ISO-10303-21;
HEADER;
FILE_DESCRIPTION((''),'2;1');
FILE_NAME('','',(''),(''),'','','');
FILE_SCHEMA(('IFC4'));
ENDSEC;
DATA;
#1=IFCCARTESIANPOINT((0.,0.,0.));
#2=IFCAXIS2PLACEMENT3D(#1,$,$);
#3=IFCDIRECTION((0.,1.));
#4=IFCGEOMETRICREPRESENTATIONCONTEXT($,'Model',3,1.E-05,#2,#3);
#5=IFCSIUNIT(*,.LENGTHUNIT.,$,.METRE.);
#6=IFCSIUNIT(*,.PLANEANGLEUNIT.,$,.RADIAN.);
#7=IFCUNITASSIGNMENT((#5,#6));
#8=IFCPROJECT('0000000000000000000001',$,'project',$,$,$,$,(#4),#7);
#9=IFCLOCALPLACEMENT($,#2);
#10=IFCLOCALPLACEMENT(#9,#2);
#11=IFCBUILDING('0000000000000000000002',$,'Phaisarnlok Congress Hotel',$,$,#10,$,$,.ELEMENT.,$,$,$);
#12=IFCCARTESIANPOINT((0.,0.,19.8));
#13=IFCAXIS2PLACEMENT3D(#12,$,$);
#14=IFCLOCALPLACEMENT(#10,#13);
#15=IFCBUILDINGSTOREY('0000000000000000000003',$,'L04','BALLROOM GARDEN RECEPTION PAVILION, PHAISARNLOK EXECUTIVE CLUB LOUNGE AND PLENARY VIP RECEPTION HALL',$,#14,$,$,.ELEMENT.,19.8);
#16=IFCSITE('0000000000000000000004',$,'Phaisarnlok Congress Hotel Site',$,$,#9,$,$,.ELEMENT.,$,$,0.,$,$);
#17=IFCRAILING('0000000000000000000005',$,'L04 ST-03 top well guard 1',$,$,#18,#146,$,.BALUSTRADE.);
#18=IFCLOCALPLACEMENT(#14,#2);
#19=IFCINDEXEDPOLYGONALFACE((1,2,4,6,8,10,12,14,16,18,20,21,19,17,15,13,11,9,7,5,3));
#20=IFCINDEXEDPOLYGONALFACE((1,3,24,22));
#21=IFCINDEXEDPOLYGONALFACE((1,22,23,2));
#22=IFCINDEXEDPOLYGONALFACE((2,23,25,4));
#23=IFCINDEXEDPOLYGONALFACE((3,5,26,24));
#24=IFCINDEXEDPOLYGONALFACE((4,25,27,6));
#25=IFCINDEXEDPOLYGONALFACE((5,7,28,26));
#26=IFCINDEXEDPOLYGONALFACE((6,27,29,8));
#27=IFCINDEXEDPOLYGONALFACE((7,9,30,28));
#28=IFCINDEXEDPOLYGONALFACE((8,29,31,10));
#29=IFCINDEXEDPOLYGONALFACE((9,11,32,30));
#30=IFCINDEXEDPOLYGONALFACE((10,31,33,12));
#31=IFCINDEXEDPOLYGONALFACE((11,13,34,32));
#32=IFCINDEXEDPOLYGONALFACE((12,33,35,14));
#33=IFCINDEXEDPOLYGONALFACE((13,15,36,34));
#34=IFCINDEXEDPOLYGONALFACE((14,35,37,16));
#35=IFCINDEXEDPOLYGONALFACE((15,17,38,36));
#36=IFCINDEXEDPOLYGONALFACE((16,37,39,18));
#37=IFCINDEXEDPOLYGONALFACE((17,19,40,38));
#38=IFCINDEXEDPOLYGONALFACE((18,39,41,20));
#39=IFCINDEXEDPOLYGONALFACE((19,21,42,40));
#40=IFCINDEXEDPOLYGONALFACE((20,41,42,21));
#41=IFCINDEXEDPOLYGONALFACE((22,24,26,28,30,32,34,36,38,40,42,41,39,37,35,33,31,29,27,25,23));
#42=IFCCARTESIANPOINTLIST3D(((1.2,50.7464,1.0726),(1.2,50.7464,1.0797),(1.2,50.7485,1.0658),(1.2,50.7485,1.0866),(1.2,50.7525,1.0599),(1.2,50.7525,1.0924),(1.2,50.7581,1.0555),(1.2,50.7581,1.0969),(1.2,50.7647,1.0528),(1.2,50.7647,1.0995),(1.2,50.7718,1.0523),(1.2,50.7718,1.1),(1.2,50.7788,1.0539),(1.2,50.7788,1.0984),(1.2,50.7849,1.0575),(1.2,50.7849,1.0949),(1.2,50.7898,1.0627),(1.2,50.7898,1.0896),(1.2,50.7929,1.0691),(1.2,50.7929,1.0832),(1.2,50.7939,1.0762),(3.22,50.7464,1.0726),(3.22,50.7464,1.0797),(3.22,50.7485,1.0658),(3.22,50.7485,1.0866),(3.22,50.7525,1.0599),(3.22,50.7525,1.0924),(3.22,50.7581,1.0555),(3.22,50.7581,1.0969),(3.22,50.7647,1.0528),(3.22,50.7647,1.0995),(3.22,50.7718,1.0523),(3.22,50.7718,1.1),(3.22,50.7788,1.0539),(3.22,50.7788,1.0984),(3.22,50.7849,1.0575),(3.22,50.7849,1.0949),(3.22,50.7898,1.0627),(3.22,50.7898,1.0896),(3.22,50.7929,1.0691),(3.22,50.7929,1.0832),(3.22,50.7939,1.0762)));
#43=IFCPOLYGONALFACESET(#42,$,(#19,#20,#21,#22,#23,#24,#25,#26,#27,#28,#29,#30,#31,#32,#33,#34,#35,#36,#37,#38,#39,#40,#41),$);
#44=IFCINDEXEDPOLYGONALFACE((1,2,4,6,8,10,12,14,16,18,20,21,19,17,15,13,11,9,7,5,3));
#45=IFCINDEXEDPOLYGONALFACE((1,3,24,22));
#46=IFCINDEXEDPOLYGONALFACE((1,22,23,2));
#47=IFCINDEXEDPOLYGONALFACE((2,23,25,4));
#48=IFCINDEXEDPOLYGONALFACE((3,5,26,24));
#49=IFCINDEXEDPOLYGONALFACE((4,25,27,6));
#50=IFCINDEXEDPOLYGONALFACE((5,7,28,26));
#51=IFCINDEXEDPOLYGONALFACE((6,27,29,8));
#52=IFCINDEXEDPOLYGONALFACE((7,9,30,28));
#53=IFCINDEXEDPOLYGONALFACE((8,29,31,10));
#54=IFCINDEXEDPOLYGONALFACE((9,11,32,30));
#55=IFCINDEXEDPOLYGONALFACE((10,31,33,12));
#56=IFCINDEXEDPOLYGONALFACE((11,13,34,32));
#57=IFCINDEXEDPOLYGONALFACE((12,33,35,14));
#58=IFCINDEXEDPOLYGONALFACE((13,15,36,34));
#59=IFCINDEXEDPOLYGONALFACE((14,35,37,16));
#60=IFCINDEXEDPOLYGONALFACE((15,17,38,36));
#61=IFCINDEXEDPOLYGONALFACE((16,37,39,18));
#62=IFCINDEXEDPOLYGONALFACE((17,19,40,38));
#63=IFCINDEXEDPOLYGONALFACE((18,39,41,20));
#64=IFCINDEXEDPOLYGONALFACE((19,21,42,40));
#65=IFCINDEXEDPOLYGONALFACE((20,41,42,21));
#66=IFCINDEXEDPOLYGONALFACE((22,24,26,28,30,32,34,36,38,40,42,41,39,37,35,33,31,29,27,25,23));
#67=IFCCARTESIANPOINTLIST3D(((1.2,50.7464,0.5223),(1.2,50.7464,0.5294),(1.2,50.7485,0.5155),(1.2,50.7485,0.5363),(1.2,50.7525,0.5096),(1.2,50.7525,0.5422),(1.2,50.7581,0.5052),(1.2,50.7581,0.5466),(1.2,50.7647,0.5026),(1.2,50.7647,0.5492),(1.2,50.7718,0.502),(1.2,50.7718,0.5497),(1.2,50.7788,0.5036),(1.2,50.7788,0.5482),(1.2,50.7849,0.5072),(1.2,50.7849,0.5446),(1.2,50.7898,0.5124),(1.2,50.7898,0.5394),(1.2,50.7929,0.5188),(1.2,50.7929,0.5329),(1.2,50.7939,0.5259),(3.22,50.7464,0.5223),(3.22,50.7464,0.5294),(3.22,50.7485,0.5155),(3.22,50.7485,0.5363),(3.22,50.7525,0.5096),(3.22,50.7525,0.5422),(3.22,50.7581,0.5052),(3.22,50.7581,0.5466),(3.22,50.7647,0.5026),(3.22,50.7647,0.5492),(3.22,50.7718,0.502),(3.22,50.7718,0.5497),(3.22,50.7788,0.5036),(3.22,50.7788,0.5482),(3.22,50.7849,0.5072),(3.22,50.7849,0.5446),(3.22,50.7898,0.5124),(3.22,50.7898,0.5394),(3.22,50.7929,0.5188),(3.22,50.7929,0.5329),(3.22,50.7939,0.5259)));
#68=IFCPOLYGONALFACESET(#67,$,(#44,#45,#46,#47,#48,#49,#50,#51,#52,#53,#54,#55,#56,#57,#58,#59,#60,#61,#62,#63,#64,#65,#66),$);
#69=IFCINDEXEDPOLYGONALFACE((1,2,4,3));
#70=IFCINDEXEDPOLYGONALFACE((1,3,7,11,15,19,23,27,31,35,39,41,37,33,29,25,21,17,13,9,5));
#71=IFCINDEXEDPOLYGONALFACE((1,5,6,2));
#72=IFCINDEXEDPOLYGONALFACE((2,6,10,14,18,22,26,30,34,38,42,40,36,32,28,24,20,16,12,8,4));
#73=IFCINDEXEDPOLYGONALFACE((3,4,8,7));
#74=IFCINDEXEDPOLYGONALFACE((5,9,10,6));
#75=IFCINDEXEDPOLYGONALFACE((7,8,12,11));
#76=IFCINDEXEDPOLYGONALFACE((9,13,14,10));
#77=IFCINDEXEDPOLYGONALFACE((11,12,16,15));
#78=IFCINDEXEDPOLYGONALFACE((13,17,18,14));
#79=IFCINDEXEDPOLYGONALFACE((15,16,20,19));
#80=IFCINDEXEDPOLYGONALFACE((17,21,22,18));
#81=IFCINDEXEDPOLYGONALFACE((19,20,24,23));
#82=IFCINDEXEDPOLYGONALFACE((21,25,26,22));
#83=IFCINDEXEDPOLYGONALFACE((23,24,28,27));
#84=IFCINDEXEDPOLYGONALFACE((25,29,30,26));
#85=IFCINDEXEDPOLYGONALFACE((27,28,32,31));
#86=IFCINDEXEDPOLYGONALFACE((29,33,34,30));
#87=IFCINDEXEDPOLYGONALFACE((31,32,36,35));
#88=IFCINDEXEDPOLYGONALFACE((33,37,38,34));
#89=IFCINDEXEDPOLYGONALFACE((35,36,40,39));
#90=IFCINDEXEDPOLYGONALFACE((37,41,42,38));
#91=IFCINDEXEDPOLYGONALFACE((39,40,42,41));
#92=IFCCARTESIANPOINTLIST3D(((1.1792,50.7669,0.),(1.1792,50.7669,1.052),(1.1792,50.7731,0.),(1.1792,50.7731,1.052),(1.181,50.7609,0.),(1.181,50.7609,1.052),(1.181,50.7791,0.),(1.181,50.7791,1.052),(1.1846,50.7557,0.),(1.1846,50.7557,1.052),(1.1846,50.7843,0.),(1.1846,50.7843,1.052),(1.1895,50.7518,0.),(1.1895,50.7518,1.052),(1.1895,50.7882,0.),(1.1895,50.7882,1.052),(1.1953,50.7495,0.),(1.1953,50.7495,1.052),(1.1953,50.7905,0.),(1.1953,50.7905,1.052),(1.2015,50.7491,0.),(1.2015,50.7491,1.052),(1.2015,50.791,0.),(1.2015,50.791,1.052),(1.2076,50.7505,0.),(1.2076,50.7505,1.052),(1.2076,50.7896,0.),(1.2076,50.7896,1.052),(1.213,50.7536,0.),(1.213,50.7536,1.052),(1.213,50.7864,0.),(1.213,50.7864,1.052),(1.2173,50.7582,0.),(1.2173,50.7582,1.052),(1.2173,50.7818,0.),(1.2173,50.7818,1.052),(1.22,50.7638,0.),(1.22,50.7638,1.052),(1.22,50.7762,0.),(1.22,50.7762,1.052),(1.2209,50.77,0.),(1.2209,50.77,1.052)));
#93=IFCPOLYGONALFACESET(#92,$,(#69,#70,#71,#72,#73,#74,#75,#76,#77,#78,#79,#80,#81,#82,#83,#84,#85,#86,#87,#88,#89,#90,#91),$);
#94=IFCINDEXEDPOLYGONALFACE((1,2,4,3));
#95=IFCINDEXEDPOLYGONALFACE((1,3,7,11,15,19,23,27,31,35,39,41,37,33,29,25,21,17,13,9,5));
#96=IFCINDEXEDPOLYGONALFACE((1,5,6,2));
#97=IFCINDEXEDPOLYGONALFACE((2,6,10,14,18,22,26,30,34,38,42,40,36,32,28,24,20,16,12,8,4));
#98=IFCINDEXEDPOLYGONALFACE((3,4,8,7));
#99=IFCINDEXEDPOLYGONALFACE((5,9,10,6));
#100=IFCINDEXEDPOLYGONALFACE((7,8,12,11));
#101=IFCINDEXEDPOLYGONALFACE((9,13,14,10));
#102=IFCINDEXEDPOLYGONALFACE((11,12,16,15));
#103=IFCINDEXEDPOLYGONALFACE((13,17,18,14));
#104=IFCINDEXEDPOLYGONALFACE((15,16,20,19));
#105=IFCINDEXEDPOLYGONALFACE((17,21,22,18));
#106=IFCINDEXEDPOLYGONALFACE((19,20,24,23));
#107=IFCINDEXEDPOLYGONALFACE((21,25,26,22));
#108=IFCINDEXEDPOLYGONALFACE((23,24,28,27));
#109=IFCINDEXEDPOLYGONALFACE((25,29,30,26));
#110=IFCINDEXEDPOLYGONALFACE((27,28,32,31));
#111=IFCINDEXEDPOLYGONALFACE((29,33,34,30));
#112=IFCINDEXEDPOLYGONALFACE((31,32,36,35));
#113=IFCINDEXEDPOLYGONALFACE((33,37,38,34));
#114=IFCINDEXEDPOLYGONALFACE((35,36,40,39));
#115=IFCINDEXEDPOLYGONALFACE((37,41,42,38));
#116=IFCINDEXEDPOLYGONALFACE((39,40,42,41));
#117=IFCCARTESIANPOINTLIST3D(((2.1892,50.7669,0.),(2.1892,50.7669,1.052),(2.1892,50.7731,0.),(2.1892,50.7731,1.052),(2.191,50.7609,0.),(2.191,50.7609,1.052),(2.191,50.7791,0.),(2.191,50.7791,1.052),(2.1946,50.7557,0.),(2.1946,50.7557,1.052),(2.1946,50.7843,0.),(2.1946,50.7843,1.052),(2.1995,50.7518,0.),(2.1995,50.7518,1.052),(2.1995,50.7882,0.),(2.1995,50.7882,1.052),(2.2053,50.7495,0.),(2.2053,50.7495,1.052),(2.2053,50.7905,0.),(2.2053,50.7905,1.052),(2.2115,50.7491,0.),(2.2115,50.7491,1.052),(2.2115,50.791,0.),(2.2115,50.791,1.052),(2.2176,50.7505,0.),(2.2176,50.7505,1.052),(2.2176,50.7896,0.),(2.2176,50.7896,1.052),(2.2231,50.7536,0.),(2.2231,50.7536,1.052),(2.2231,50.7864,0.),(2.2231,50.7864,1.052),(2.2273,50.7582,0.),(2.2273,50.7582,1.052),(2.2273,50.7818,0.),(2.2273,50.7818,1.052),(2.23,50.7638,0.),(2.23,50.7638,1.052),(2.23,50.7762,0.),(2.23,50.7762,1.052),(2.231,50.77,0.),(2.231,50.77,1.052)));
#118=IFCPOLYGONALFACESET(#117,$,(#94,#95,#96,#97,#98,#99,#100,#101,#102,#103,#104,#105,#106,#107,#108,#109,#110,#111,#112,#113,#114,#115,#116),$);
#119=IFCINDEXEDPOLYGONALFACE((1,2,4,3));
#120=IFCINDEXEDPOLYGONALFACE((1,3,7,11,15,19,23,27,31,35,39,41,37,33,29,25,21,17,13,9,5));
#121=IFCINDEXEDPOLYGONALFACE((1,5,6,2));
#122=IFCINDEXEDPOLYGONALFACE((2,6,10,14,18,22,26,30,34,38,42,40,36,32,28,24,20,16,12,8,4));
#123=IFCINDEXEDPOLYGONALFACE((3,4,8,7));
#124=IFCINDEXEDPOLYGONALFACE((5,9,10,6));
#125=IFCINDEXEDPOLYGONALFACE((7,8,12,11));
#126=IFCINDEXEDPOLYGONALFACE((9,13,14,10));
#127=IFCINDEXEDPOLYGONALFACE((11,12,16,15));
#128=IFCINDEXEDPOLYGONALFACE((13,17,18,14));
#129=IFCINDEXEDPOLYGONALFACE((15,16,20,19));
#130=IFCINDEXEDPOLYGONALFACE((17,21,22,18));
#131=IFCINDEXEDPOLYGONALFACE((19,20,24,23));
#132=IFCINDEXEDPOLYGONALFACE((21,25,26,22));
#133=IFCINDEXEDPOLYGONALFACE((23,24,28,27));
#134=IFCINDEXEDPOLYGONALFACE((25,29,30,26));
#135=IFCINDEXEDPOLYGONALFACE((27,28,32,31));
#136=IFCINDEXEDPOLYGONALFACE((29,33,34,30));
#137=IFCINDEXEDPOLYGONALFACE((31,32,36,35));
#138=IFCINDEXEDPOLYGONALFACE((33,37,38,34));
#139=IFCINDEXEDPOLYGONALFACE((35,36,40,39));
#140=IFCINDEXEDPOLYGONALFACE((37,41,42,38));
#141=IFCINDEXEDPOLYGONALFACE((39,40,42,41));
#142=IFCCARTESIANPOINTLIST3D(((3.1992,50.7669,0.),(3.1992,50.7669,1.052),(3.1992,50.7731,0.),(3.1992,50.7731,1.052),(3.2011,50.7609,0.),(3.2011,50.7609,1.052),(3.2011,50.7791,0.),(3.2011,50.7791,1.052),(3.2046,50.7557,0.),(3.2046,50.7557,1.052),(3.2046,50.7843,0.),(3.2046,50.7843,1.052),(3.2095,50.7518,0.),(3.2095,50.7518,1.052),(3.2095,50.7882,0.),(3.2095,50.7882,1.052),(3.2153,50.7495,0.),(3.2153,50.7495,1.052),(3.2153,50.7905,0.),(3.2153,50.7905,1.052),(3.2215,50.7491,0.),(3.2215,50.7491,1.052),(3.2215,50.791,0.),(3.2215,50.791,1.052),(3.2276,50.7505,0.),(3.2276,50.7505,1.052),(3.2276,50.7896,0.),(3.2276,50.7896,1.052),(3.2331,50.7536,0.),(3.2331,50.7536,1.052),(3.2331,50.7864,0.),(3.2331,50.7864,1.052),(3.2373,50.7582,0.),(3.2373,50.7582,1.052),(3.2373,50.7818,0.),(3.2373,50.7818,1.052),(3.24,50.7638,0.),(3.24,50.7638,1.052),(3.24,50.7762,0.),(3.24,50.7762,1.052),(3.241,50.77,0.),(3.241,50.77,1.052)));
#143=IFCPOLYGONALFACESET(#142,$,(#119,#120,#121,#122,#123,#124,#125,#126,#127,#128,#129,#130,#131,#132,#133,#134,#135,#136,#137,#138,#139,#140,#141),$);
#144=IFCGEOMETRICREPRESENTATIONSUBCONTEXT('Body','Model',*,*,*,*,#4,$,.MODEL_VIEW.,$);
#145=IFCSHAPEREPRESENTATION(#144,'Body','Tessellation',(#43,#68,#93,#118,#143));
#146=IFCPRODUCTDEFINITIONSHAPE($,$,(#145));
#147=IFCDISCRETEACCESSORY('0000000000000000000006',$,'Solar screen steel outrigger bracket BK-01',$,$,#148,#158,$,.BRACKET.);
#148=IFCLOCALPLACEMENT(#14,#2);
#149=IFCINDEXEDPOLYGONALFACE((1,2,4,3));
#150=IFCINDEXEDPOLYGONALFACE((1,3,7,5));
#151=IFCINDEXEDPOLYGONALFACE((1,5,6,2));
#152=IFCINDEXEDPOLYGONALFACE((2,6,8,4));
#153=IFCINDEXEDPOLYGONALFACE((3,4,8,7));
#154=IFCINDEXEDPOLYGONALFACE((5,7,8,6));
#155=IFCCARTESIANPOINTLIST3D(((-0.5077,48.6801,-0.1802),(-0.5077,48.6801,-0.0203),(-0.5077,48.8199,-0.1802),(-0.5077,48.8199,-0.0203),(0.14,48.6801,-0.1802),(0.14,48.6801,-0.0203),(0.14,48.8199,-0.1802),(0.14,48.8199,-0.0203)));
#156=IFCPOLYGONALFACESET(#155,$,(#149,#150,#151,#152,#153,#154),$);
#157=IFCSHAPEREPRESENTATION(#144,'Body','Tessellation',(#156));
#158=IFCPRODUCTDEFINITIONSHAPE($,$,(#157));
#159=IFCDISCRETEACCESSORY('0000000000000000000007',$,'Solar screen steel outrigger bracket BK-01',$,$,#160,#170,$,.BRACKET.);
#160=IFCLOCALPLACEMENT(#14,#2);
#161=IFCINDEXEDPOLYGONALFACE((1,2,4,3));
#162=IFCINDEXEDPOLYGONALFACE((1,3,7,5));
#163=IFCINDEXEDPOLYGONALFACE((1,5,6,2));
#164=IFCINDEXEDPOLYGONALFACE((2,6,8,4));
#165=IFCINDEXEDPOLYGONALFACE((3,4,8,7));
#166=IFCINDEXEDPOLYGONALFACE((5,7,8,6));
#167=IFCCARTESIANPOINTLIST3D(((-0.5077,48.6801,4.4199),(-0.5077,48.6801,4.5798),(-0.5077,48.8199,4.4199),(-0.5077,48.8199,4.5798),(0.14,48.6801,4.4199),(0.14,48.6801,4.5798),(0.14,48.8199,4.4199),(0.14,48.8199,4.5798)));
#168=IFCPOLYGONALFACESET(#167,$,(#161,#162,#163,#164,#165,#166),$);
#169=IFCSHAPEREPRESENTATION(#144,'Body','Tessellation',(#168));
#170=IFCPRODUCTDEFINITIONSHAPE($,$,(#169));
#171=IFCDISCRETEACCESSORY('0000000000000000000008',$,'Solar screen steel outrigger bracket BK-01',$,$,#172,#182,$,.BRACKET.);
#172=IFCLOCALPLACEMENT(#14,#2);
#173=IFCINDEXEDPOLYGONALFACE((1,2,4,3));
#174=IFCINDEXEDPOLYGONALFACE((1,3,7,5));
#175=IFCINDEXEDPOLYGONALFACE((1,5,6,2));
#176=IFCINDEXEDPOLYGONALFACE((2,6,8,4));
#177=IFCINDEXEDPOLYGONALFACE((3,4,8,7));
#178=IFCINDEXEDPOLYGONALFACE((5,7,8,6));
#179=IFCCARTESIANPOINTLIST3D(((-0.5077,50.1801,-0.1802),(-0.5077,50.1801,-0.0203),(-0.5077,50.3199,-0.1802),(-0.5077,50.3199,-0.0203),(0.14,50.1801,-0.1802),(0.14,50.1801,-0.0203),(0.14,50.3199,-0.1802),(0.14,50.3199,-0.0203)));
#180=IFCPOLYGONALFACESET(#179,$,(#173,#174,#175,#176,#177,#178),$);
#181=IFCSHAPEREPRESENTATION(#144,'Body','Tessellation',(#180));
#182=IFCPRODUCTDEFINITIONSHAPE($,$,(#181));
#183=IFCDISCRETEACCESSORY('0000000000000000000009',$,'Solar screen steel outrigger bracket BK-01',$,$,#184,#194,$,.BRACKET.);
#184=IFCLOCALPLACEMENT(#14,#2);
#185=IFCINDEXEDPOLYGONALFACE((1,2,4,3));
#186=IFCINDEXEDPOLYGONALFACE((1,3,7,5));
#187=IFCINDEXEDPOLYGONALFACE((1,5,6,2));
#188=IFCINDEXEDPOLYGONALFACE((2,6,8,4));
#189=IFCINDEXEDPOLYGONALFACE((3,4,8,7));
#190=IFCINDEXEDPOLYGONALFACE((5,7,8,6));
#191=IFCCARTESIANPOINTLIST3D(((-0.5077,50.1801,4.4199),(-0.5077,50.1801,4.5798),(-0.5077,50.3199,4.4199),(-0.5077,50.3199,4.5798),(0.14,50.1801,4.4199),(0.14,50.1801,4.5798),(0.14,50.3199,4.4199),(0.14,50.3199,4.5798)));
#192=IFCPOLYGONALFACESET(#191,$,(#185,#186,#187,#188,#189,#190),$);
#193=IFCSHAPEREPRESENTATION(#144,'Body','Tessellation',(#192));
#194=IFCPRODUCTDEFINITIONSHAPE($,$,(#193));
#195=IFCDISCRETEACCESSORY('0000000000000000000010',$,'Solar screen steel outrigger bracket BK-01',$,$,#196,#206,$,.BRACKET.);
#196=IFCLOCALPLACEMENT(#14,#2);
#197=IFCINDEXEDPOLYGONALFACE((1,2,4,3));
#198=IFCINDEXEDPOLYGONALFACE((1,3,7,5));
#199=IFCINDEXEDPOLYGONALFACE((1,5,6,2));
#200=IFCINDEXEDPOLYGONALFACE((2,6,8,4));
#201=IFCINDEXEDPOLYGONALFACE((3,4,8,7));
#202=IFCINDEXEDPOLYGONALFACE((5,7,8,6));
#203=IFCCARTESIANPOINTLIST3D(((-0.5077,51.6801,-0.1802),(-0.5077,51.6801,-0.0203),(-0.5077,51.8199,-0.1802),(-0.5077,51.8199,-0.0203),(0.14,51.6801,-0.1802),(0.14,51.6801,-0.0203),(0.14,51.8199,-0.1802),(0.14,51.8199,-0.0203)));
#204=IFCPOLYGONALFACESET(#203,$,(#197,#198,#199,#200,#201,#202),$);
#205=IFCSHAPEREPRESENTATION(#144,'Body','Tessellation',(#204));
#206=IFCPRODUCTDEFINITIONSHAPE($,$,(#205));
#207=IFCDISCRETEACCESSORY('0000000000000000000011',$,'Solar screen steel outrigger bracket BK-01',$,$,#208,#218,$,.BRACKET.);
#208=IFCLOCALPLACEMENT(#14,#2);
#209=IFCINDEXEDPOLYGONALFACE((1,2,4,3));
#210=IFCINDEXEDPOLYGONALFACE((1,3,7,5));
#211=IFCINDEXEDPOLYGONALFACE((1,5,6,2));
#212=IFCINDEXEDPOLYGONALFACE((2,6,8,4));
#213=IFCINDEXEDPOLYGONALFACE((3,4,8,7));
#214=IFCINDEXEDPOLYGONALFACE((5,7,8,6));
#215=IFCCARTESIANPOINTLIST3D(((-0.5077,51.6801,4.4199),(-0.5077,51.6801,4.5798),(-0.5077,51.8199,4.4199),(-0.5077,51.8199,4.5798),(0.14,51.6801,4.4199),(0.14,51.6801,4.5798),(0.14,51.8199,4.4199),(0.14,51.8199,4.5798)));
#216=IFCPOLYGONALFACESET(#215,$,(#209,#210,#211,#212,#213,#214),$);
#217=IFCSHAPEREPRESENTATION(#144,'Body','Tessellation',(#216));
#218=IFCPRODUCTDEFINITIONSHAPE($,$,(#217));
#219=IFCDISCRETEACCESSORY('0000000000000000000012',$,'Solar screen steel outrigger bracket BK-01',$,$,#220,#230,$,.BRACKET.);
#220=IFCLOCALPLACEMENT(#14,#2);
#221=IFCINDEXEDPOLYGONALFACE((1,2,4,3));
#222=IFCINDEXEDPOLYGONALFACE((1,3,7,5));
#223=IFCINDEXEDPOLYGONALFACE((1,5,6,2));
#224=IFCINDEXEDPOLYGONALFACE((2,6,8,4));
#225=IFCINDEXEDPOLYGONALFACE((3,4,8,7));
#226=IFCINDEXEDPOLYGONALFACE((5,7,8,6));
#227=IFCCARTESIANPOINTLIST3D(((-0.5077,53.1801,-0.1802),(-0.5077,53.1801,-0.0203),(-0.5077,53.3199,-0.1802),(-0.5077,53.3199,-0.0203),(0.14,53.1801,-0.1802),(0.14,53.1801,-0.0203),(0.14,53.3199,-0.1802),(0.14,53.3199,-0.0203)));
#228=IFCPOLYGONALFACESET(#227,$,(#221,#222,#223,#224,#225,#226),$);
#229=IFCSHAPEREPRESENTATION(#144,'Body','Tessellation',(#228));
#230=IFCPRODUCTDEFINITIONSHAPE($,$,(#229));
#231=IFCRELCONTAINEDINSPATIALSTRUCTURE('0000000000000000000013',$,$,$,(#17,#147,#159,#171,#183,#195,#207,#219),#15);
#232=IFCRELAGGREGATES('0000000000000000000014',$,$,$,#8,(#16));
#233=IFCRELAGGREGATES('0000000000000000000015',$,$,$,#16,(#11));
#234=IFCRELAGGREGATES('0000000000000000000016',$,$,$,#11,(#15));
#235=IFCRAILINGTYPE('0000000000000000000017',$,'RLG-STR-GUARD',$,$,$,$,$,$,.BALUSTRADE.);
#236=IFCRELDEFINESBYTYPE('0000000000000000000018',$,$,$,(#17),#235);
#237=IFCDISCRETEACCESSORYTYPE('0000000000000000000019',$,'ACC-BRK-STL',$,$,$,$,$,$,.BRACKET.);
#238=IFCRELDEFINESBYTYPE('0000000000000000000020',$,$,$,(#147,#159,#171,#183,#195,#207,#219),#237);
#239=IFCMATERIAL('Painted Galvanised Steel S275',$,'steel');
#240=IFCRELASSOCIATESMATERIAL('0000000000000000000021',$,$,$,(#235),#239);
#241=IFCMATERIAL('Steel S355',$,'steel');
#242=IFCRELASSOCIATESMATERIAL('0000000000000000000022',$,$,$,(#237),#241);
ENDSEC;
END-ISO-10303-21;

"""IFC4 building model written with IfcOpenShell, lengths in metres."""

from ifc_helpers import new_model, si_unit, direction, frame, origin, origin_2d, place, context, subcontext, project, spatial, rectangle, circle, extrude, material, type_object, element, save


model = new_model("IFC4")

# Units and contexts
model_context = context("Model", 3, precision=1e-05, world=origin(), true_north=direction((0.0, 1.0)))
body_context = subcontext(model_context, "Body", "Model", "MODEL_VIEW")
ifc_project = project(units=[si_unit("LENGTHUNIT", "METRE"), si_unit("PLANEANGLEUNIT", "RADIAN")], contexts=[model_context])

# Site, building, storey
site_placement = place(None, origin())
site = spatial("IfcSite", under=ifc_project, at=site_placement, Name="Phaisarnlok Congress Hotel Site", CompositionType="ELEMENT", RefElevation=0.0)
building_placement = place(site_placement, origin())
building = spatial("IfcBuilding", under=site, at=building_placement, Name="Phaisarnlok Congress Hotel", CompositionType="ELEMENT")
storey_placement = place(building_placement, frame((0.0, 0.0, 19.8)))
storey = spatial("IfcBuildingStorey", under=building, at=storey_placement, Name="L04", Description="BALLROOM GARDEN RECEPTION PAVILION, PHAISARNLOK EXECUTIVE CLUB LOUNGE AND PLENARY VIP RECEPTION HALL", CompositionType="ELEMENT", Elevation=19.8)

# Shared definitions
ifc_material_1 = material(Name="Steel S355", Category="steel")

# Railing
ifc_material_2 = material(Name="Painted Galvanised Steel S275", Category="steel")
railing_type = type_object("IfcRailingType", Name="RLG-STR-GUARD", PredefinedType="BALUSTRADE", material=ifc_material_2)
railing_placement = place(storey_placement, frame((1.2, 50.77, 0.0)))
element("IfcRailing", 1, at=railing_placement, inside=storey, type_object=railing_type, Name="L04 ST-03 top well guard 1", PredefinedType="BALUSTRADE", context=body_context, shape_type="SweptSolid", body=[
    extrude(circle(Radius=0.0239, at=origin_2d()), frame((0.0, 0.0, 1.0762), z_axis=(1.0, 0.0, 0.0), x_axis=(0.0, 1.0, 0.0)), (0.0, 0.0, 1.0), 2.02),
    extrude(circle(Radius=0.0239, at=origin_2d()), frame((0.0, 0.0, 0.5259), z_axis=(1.0, 0.0, 0.0), x_axis=(0.0, 1.0, 0.0)), (0.0, 0.0, 1.0), 2.02),
    extrude(circle(Radius=0.021, at=origin_2d()), origin(), (0.0, 0.0, 1.0), 1.052),
    extrude(circle(Radius=0.021, at=origin_2d()), frame((1.01, 0.0, 0.0)), (0.0, 0.0, 1.0), 1.052),
    extrude(circle(Radius=0.021, at=origin_2d()), frame((2.02, 0.0, 0.0)), (0.0, 0.0, 1.0), 1.052),
])

# Discrete accessories
discrete_accessory_type = type_object("IfcDiscreteAccessoryType", Name="ACC-BRK-STL", PredefinedType="BRACKET", material=ifc_material_1)
for number, where, z_axis, x_axis, name in (
    (2, (-0.1838, 48.75, -0.1802), (0.0, 0.0, 1.0), (1.0, 0.0, 0.0), "Solar screen steel outrigger bracket BK-01"),
    (3, (-0.1838, 48.75, 4.4199), (0.0, 0.0, 1.0), (1.0, 0.0, 0.0), "Solar screen steel outrigger bracket BK-01"),
    (4, (-0.1838, 50.25, -0.1802), (0.0, 0.0, 1.0), (1.0, 0.0, 0.0), "Solar screen steel outrigger bracket BK-01"),
    (5, (-0.1838, 50.25, 4.4199), (0.0, 0.0, 1.0), (1.0, 0.0, 0.0), "Solar screen steel outrigger bracket BK-01"),
    (6, (-0.1838, 51.75, -0.1802), (0.0, 0.0, 1.0), (1.0, 0.0, 0.0), "Solar screen steel outrigger bracket BK-01"),
    (7, (-0.1838, 51.75, 4.4199), (0.0, 0.0, 1.0), (1.0, 0.0, 0.0), "Solar screen steel outrigger bracket BK-01"),
    (8, (-0.1838, 53.25, -0.1802), (0.0, 0.0, 1.0), (1.0, 0.0, 0.0), "Solar screen steel outrigger bracket BK-01"),
):
    element("IfcDiscreteAccessory", number, at=place(storey_placement, frame(where, z_axis=z_axis, x_axis=x_axis)), inside=storey, type_object=discrete_accessory_type, Name=name, PredefinedType="BRACKET", context=body_context, shape_type="SweptSolid", body=[
        extrude(rectangle(XDim=0.6477, YDim=0.1399, at=origin_2d()), origin(), (0.0, 0.0, 1.0), 0.1599),
    ])

save(model, "model.ifc")
